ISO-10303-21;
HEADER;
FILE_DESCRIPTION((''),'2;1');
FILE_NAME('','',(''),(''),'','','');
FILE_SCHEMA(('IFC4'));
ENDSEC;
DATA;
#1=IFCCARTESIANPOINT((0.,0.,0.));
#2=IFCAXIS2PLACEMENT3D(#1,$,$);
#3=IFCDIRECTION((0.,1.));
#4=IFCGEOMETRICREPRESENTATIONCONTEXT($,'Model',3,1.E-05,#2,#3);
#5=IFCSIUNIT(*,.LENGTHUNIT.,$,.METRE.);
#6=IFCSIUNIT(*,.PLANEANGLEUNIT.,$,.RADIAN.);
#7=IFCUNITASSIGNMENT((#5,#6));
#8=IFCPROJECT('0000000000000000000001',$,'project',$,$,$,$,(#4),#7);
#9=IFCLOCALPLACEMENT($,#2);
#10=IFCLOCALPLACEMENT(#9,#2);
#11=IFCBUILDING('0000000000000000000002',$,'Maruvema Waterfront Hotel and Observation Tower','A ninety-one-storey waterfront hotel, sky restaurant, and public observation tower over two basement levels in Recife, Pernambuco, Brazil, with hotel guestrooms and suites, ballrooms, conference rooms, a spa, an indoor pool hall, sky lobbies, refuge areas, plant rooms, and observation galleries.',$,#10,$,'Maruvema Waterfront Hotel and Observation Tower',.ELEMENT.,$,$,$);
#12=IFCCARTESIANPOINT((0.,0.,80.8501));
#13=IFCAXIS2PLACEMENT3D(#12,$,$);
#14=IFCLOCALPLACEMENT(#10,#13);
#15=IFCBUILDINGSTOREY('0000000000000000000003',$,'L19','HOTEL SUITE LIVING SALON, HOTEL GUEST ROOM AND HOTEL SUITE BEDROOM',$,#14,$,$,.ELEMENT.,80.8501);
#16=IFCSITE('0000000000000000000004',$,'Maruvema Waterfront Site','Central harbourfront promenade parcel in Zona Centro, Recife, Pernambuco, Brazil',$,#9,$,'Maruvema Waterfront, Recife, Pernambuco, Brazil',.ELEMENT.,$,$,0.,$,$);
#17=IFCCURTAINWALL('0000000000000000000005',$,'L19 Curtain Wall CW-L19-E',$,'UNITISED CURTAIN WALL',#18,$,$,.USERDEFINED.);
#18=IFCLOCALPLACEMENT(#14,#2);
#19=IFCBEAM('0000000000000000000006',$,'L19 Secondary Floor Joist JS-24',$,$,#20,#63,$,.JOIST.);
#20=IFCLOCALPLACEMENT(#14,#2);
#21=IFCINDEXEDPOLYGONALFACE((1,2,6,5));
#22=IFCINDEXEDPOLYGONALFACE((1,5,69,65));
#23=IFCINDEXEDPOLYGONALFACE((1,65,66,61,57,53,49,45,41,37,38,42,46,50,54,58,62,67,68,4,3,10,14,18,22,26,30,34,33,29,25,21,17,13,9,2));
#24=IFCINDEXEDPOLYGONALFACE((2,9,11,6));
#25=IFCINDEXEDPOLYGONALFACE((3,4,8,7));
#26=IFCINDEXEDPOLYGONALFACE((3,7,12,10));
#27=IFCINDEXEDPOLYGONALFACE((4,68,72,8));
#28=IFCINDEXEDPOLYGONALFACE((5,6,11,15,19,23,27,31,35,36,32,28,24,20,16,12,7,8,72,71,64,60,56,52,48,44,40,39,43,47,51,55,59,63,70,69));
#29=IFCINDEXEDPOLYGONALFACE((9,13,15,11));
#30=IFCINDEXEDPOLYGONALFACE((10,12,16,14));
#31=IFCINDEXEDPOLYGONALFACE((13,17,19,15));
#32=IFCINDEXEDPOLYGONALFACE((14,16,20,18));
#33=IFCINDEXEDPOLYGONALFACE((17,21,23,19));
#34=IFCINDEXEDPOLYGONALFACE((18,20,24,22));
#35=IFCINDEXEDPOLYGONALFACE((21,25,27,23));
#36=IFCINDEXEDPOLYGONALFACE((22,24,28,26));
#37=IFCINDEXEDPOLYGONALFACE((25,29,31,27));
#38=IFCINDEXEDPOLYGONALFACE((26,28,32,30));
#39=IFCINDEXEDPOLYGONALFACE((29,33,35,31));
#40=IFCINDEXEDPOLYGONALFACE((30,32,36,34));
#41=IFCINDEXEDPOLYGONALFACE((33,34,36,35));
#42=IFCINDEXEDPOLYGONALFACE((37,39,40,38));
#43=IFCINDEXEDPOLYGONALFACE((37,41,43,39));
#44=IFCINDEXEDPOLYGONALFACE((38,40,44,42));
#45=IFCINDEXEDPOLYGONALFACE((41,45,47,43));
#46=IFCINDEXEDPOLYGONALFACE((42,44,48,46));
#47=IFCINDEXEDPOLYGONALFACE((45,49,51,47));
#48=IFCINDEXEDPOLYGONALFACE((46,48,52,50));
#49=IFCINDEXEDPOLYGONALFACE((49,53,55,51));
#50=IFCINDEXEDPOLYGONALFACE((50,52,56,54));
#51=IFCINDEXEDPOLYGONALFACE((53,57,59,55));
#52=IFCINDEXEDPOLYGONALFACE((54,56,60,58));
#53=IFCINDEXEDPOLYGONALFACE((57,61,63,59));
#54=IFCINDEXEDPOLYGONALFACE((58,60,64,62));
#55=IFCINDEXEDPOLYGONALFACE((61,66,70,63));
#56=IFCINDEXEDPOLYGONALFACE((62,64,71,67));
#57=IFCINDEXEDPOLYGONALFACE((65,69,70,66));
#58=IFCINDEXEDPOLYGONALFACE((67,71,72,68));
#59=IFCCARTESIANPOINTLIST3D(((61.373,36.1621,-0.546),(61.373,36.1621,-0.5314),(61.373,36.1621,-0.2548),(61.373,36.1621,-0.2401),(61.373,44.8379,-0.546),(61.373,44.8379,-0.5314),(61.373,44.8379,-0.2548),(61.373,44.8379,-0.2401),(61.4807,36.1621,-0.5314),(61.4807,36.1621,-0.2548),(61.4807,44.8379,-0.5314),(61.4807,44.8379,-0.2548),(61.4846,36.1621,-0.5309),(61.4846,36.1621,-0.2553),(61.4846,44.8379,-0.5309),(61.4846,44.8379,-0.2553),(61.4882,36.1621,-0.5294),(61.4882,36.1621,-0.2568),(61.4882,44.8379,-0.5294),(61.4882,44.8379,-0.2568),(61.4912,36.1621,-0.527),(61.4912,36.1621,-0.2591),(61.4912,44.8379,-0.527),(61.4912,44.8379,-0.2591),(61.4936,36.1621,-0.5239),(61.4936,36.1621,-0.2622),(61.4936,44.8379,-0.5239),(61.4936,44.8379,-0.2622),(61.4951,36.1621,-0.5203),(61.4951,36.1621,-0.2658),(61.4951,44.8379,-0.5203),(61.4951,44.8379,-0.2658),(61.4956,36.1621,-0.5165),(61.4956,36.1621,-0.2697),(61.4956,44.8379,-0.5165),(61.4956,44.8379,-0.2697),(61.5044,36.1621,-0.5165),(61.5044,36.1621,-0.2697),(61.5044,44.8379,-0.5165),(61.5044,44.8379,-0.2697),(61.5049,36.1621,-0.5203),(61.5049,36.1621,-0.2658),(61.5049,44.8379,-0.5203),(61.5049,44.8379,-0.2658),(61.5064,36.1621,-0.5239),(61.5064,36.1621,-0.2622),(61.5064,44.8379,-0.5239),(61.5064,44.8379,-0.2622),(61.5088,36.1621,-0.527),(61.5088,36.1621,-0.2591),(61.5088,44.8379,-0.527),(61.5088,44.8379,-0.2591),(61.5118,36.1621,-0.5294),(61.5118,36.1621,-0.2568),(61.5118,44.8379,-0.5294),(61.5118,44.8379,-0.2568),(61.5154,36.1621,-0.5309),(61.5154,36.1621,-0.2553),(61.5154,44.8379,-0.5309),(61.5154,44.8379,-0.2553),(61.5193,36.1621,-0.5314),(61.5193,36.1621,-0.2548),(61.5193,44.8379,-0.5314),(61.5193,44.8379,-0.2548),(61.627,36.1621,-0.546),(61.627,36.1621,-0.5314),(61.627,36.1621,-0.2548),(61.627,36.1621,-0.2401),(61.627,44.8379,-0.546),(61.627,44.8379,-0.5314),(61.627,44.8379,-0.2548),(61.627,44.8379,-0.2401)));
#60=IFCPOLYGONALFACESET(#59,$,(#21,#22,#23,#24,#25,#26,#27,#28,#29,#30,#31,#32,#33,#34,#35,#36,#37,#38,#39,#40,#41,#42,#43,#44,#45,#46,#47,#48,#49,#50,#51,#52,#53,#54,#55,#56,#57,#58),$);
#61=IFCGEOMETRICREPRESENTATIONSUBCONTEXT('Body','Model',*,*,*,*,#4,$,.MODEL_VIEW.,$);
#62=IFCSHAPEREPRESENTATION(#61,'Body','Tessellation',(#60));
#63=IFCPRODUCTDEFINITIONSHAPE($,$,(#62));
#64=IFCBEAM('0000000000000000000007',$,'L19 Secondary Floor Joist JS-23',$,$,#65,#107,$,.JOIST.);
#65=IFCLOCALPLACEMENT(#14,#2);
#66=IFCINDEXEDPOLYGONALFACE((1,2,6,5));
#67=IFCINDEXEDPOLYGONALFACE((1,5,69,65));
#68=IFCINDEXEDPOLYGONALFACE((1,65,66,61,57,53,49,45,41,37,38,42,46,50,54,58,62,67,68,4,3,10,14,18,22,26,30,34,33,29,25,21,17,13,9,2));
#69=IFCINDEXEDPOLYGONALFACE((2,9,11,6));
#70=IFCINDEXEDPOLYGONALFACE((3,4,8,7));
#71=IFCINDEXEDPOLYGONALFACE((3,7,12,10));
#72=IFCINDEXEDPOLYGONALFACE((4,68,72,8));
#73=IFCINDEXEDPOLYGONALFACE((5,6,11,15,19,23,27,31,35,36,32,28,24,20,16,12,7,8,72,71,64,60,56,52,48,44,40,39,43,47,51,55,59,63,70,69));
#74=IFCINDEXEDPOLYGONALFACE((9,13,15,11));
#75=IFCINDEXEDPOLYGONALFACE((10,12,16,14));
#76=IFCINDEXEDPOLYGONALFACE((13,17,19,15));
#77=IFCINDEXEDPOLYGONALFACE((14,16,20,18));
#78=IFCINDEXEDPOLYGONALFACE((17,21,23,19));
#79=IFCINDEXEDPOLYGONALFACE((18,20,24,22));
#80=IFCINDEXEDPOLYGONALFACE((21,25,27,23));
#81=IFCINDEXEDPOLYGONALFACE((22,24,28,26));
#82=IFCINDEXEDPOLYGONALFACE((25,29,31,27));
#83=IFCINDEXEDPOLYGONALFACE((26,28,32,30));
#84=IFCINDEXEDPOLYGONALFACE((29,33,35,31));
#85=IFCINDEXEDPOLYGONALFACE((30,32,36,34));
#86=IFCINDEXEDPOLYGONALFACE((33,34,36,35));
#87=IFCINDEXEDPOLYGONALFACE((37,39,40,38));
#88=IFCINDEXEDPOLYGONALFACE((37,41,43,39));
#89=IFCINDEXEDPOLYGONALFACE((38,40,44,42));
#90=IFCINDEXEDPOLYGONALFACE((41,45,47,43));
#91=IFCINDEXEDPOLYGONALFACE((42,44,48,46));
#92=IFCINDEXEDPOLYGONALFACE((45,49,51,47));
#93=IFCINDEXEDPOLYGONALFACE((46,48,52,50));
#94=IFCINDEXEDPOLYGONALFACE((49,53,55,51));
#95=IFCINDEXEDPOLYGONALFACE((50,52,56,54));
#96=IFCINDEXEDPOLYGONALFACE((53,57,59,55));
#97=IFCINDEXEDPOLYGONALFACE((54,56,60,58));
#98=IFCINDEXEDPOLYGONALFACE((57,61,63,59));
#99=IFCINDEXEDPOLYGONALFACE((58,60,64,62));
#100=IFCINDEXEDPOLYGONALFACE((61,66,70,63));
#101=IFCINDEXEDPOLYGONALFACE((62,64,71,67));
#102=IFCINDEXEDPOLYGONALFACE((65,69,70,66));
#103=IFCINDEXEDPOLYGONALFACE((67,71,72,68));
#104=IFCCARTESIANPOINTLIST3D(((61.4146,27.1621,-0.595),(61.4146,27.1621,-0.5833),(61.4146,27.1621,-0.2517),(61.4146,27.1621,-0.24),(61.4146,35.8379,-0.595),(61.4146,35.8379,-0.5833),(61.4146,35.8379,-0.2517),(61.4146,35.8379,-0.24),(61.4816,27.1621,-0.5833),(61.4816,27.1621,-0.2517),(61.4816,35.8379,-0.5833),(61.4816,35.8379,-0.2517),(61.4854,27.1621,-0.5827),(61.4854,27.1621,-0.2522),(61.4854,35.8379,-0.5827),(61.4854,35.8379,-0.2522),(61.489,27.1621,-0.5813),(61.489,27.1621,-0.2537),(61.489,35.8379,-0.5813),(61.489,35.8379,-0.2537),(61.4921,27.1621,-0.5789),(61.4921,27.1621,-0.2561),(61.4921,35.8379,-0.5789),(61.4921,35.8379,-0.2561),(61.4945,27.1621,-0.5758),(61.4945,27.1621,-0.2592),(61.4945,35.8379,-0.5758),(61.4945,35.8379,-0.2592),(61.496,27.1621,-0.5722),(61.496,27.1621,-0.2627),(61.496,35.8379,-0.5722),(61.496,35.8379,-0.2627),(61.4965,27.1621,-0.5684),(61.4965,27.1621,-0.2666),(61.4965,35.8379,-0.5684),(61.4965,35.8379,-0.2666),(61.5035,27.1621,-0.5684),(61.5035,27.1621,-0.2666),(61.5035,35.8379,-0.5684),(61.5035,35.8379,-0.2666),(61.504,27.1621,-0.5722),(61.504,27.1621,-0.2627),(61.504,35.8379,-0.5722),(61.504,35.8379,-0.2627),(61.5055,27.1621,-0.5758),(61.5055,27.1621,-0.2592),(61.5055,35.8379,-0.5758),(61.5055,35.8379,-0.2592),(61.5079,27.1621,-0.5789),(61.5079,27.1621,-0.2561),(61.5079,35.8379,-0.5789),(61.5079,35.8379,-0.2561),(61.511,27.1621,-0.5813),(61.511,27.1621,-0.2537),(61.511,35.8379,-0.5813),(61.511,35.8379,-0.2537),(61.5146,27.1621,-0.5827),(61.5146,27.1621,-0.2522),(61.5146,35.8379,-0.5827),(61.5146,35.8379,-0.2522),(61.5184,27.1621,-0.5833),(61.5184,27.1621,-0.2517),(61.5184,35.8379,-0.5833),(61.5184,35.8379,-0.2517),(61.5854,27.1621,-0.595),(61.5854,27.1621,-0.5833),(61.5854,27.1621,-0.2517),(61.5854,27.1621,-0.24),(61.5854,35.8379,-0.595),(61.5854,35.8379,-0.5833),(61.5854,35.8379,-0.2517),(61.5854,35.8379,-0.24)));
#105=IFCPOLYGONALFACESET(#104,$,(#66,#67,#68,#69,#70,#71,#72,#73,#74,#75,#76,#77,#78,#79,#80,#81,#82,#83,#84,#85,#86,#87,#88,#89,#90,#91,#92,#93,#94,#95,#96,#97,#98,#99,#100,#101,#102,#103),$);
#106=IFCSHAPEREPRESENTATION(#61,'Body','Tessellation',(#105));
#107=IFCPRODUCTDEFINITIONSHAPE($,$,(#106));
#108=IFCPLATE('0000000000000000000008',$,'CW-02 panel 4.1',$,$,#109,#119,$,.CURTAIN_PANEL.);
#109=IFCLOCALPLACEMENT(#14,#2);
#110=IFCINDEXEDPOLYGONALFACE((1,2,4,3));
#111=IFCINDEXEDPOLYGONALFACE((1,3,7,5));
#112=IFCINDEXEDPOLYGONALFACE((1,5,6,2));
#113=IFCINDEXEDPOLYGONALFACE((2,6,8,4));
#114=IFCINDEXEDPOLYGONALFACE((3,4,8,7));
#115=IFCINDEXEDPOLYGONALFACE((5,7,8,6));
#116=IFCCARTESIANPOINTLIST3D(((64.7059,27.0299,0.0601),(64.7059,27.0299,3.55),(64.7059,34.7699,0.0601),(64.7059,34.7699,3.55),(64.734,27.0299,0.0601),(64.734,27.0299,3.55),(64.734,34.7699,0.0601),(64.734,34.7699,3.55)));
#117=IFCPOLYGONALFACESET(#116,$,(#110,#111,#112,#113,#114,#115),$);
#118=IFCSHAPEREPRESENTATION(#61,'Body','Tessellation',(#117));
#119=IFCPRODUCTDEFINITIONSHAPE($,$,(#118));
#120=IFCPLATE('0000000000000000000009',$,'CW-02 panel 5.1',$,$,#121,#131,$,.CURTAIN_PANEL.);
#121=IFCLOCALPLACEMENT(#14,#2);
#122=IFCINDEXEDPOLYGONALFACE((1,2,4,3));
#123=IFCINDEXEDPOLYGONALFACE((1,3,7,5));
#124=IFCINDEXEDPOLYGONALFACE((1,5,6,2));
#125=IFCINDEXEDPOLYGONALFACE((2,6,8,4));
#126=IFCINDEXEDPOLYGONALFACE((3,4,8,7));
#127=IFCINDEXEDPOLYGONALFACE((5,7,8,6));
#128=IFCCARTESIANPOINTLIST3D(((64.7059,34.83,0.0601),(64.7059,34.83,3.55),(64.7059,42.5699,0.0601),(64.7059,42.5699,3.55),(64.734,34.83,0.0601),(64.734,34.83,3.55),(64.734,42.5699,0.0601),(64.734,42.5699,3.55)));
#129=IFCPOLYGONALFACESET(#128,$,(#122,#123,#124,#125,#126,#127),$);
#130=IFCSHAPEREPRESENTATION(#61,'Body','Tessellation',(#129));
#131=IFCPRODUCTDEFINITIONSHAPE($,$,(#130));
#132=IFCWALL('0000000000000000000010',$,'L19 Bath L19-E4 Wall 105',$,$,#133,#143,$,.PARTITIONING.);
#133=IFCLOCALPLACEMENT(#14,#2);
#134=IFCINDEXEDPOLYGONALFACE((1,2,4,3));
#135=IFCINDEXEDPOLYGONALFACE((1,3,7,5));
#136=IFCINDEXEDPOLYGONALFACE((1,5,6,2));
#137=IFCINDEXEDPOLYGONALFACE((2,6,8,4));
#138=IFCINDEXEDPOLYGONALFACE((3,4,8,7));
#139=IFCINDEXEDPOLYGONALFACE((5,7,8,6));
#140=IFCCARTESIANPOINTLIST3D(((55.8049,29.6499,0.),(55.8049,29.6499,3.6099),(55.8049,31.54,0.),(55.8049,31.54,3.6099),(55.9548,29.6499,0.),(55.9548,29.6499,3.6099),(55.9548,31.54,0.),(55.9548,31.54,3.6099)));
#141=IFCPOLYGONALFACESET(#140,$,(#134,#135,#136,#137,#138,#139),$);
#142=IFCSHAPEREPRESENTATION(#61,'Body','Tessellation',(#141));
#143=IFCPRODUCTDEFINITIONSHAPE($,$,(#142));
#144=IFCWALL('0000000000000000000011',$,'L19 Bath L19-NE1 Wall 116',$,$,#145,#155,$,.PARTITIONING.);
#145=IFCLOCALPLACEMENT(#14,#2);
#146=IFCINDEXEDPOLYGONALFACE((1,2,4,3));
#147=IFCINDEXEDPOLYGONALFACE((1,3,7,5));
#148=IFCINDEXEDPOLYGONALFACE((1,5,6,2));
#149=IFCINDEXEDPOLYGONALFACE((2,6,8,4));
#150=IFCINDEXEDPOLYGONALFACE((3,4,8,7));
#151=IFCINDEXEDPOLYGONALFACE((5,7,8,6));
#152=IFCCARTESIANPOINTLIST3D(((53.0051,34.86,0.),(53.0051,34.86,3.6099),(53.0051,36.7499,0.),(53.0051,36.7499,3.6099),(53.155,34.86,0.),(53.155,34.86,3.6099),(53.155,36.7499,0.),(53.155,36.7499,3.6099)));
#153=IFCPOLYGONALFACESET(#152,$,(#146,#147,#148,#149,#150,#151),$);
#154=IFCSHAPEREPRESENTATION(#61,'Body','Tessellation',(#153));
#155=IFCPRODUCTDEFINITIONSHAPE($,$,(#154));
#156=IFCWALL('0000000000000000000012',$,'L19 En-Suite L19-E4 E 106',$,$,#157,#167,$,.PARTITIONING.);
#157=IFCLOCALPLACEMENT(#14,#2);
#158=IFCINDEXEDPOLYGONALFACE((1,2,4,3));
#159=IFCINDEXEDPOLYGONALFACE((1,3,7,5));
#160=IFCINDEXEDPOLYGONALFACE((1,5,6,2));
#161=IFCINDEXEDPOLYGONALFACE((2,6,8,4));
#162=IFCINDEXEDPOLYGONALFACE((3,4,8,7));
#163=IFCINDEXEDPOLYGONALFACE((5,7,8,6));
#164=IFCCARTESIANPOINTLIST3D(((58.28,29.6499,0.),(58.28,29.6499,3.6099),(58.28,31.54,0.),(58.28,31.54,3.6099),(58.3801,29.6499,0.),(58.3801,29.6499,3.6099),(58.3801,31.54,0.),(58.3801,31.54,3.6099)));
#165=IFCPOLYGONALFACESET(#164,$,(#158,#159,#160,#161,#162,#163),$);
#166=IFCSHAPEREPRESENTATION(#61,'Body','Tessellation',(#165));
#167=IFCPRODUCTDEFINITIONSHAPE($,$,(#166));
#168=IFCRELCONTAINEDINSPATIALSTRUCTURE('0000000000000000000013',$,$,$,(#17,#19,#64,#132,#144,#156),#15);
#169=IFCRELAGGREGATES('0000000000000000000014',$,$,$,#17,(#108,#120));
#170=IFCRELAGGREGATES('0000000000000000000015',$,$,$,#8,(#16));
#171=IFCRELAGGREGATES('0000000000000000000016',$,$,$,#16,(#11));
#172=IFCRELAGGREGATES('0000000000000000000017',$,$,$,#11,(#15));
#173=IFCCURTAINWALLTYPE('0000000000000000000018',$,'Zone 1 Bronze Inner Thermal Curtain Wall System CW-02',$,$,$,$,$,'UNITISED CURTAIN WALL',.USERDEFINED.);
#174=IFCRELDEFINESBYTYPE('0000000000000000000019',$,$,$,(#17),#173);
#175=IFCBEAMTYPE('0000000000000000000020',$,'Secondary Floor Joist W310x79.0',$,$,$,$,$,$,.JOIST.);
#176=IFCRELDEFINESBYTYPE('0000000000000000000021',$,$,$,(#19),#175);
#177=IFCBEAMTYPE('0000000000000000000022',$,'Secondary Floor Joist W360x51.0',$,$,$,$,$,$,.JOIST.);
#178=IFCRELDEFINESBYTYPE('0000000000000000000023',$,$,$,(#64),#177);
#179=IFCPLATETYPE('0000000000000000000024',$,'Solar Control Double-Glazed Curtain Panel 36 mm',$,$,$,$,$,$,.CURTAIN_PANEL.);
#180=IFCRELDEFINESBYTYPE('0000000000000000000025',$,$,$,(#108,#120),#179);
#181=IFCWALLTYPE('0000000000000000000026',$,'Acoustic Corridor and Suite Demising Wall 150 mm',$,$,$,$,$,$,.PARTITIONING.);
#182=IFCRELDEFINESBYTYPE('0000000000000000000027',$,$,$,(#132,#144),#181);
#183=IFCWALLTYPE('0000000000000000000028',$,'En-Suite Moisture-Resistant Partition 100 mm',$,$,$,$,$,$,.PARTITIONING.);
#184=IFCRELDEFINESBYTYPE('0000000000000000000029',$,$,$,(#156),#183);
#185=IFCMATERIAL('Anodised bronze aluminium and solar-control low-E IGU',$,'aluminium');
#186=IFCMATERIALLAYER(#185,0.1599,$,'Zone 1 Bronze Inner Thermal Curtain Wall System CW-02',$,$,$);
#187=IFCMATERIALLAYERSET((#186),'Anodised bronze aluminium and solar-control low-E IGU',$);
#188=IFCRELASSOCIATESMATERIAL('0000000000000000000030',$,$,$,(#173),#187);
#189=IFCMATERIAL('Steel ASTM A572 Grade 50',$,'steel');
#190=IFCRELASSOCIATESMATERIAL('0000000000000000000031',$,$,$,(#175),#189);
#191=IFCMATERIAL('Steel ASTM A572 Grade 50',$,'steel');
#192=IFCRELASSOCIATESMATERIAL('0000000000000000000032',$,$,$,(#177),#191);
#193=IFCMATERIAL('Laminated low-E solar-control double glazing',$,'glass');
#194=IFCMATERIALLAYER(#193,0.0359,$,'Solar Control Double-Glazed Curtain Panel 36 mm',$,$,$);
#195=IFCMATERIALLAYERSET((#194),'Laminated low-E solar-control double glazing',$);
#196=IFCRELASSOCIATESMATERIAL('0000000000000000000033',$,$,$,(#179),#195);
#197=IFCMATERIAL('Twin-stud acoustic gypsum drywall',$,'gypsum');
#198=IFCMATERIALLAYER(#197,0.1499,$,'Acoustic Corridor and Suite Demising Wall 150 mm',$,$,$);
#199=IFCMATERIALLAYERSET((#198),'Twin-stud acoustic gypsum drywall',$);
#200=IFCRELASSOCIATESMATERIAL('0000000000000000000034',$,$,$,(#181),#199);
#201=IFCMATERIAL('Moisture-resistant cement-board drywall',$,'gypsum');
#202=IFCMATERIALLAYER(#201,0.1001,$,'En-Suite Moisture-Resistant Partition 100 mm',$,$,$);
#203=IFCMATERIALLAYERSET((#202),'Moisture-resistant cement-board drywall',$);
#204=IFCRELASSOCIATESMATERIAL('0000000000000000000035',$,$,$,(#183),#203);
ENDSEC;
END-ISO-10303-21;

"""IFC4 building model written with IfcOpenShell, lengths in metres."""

from ifc_helpers import new_model, si_unit, direction, frame, frame_2d, origin, origin_2d, place, context, subcontext, project, spatial, rectangle, i_section, extrude, material, layer, layer_set, material_profile, profile_set, type_object, element, aggregate, save


model = new_model("IFC4")

# Units and contexts
model_context = context("Model", 3, precision=1e-05, world=origin(), true_north=direction((0.0, 1.0)))
body_context = subcontext(model_context, "Body", "Model", "MODEL_VIEW")
ifc_project = project(units=[si_unit("LENGTHUNIT", "METRE"), si_unit("PLANEANGLEUNIT", "RADIAN")], contexts=[model_context])

# Site, building, storey
site_placement = place(None, origin())
site = spatial("IfcSite", under=ifc_project, at=site_placement, Name="Maruvema Waterfront Site", Description="Central harbourfront promenade parcel in Zona Centro, Recife, Pernambuco, Brazil", LongName="Maruvema Waterfront, Recife, Pernambuco, Brazil", CompositionType="ELEMENT", RefElevation=0.0)
building_placement = place(site_placement, origin())
building = spatial("IfcBuilding", under=site, at=building_placement, Name="Maruvema Waterfront Hotel and Observation Tower", Description="A ninety-one-storey waterfront hotel, sky restaurant, and public observation tower over two basement levels in Recife, Pernambuco, Brazil, with hotel guestrooms and suites, ballrooms, conference rooms, a spa, an indoor pool hall, sky lobbies, refuge areas, plant rooms, and observation galleries.", LongName="Maruvema Waterfront Hotel and Observation Tower", CompositionType="ELEMENT")
storey_placement = place(building_placement, frame((0.0, 0.0, 80.8501)))
storey = spatial("IfcBuildingStorey", under=building, at=storey_placement, Name="L19", Description="HOTEL SUITE LIVING SALON, HOTEL GUEST ROOM AND HOTEL SUITE BEDROOM", CompositionType="ELEMENT", Elevation=80.8501)

# Curtain wall
ifc_material_1 = material(Name="Anodised bronze aluminium and solar-control low-E IGU", Category="aluminium")
ifc_layer_1 = layer(ifc_material_1, 0.1599, Name="Zone 1 Bronze Inner Thermal Curtain Wall System CW-02")
ifc_layer_set_1 = layer_set([ifc_layer_1], Name="Anodised bronze aluminium and solar-control low-E IGU")
curtain_wall_type = type_object("IfcCurtainWallType", Name="Zone 1 Bronze Inner Thermal Curtain Wall System CW-02", ElementType="UNITISED CURTAIN WALL", PredefinedType="USERDEFINED", material=ifc_layer_set_1)
curtain_wall_placement = place(storey_placement, origin())
curtain_wall = element("IfcCurtainWall", 1, at=curtain_wall_placement, inside=storey, type_object=curtain_wall_type, Name="L19 Curtain Wall CW-L19-E", ObjectType="UNITISED CURTAIN WALL", PredefinedType="USERDEFINED")

# Beams
ifc_material_2 = material(Name="Steel ASTM A572 Grade 50", Category="steel")
ifc_material_profile_1 = material_profile(ifc_material_2, i_section(OverallWidth=0.2539, OverallDepth=0.3059, WebThickness=0.0088, FlangeThickness=0.0146, FilletRadius=0.0149, at=origin_2d()), Name="W310x79.0")
ifc_profile_set_1 = profile_set([ifc_material_profile_1], Name="Steel ASTM A572 Grade 50")
beam_type_1 = type_object("IfcBeamType", Name="Secondary Floor Joist W310x79.0", PredefinedType="JOIST", material=ifc_profile_set_1)
beam_1_placement = place(storey_placement, frame((61.5, 36.1621, -0.3931), z_axis=(0.0, 1.0, 0.0), x_axis=(-1.0, 0.0, 0.0)))
element("IfcBeam", 2, at=beam_1_placement, inside=storey, type_object=beam_type_1, Name="L19 Secondary Floor Joist JS-24", PredefinedType="JOIST", context=body_context, shape_type="SweptSolid", body=[
    extrude(i_section(OverallWidth=0.2539, OverallDepth=0.3059, WebThickness=0.0088, FlangeThickness=0.0146, FilletRadius=0.0149, at=origin_2d()), origin(), (0.0, 0.0, 1.0), 8.6758),
])
ifc_material_3 = material(Name="Steel ASTM A572 Grade 50", Category="steel")
ifc_material_profile_2 = material_profile(ifc_material_3, i_section(OverallWidth=0.1709, OverallDepth=0.355, WebThickness=0.0071, FlangeThickness=0.0117, FilletRadius=0.0149, at=origin_2d()), Name="W360x51.0")
ifc_profile_set_2 = profile_set([ifc_material_profile_2], Name="Steel ASTM A572 Grade 50")
beam_type_2 = type_object("IfcBeamType", Name="Secondary Floor Joist W360x51.0", PredefinedType="JOIST", material=ifc_profile_set_2)
beam_2_placement = place(storey_placement, frame((61.5, 27.1621, -0.4175), z_axis=(0.0, 1.0, 0.0), x_axis=(-1.0, 0.0, 0.0)))
element("IfcBeam", 3, at=beam_2_placement, inside=storey, type_object=beam_type_2, Name="L19 Secondary Floor Joist JS-23", PredefinedType="JOIST", context=body_context, shape_type="SweptSolid", body=[
    extrude(i_section(OverallWidth=0.1709, OverallDepth=0.355, WebThickness=0.0071, FlangeThickness=0.0117, FilletRadius=0.0149, at=origin_2d()), origin(), (0.0, 0.0, 1.0), 8.6758),
])

# Plates
ifc_material_4 = material(Name="Laminated low-E solar-control double glazing", Category="glass")
ifc_layer_2 = layer(ifc_material_4, 0.0359, Name="Solar Control Double-Glazed Curtain Panel 36 mm")
ifc_layer_set_2 = layer_set([ifc_layer_2], Name="Laminated low-E solar-control double glazing")
plate_type = type_object("IfcPlateType", Name="Solar Control Double-Glazed Curtain Panel 36 mm", PredefinedType="CURTAIN_PANEL", material=ifc_layer_set_2)
plate_1_placement = place(storey_placement, frame((64.72, 30.8999, 0.0601), z_axis=(0.0, 0.0, 1.0), x_axis=(0.0, 1.0, 0.0)))
plate_1 = element("IfcPlate", 4, at=plate_1_placement, type_object=plate_type, Name="CW-02 panel 4.1", PredefinedType="CURTAIN_PANEL", context=body_context, shape_type="SweptSolid", body=[
    extrude(rectangle(XDim=7.74, YDim=0.0281, at=origin_2d()), origin(), (0.0, 0.0, 1.0), 3.49),
])
plate_2_placement = place(storey_placement, frame((64.72, 38.7, 0.0601), z_axis=(0.0, 0.0, 1.0), x_axis=(0.0, 1.0, 0.0)))
plate_2 = element("IfcPlate", 5, at=plate_2_placement, type_object=plate_type, Name="CW-02 panel 5.1", PredefinedType="CURTAIN_PANEL", context=body_context, shape_type="SweptSolid", body=[
    extrude(rectangle(XDim=7.74, YDim=0.0281, at=origin_2d()), origin(), (0.0, 0.0, 1.0), 3.49),
])
aggregate(curtain_wall, [plate_1, plate_2])

# Shared definitions
ifc_material_5 = material(Name="Twin-stud acoustic gypsum drywall", Category="gypsum")
ifc_layer_3 = layer(ifc_material_5, 0.1499, Name="Acoustic Corridor and Suite Demising Wall 150 mm")
ifc_layer_set_3 = layer_set([ifc_layer_3], Name="Twin-stud acoustic gypsum drywall")
wall_type_1 = type_object("IfcWallType", Name="Acoustic Corridor and Suite Demising Wall 150 mm", PredefinedType="PARTITIONING", material=ifc_layer_set_3)

# Walls
wall_1_placement = place(storey_placement, frame((55.8799, 29.6499, 0.0), z_axis=(0.0, 0.0, 1.0), x_axis=(0.0, 1.0, 0.0)))
element("IfcWall", 6, at=wall_1_placement, inside=storey, type_object=wall_type_1, Name="L19 Bath L19-E4 Wall 105", PredefinedType="PARTITIONING", context=body_context, shape_type="SweptSolid", body=[
    extrude(rectangle(XDim=1.8901, YDim=0.1499, at=frame_2d((0.9451, 0.0))), origin(), (0.0, 0.0, 1.0), 3.6099),
])
wall_2_placement = place(storey_placement, frame((53.0801, 34.8601, 0.0), z_axis=(0.0, 0.0, 1.0), x_axis=(0.0, 1.0, 0.0)))
element("IfcWall", 7, at=wall_2_placement, inside=storey, type_object=wall_type_1, Name="L19 Bath L19-NE1 Wall 116", PredefinedType="PARTITIONING", context=body_context, shape_type="SweptSolid", body=[
    extrude(rectangle(XDim=1.8899, YDim=0.1499, at=frame_2d((0.9448, 0.0))), origin(), (0.0, 0.0, 1.0), 3.6099),
])

# Wall
ifc_material_6 = material(Name="Moisture-resistant cement-board drywall", Category="gypsum")
ifc_layer_4 = layer(ifc_material_6, 0.1001, Name="En-Suite Moisture-Resistant Partition 100 mm")
ifc_layer_set_4 = layer_set([ifc_layer_4], Name="Moisture-resistant cement-board drywall")
wall_type_2 = type_object("IfcWallType", Name="En-Suite Moisture-Resistant Partition 100 mm", PredefinedType="PARTITIONING", material=ifc_layer_set_4)
wall_3_placement = place(storey_placement, frame((58.3301, 29.6499, 0.0), z_axis=(0.0, 0.0, 1.0), x_axis=(0.0, 1.0, 0.0)))
element("IfcWall", 8, at=wall_3_placement, inside=storey, type_object=wall_type_2, Name="L19 En-Suite L19-E4 E 106", PredefinedType="PARTITIONING", context=body_context, shape_type="SweptSolid", body=[
    extrude(rectangle(XDim=1.8901, YDim=0.1001, at=frame_2d((0.9451, 0.0))), origin(), (0.0, 0.0, 1.0), 3.6099),
])

save(model, "model.ifc")
